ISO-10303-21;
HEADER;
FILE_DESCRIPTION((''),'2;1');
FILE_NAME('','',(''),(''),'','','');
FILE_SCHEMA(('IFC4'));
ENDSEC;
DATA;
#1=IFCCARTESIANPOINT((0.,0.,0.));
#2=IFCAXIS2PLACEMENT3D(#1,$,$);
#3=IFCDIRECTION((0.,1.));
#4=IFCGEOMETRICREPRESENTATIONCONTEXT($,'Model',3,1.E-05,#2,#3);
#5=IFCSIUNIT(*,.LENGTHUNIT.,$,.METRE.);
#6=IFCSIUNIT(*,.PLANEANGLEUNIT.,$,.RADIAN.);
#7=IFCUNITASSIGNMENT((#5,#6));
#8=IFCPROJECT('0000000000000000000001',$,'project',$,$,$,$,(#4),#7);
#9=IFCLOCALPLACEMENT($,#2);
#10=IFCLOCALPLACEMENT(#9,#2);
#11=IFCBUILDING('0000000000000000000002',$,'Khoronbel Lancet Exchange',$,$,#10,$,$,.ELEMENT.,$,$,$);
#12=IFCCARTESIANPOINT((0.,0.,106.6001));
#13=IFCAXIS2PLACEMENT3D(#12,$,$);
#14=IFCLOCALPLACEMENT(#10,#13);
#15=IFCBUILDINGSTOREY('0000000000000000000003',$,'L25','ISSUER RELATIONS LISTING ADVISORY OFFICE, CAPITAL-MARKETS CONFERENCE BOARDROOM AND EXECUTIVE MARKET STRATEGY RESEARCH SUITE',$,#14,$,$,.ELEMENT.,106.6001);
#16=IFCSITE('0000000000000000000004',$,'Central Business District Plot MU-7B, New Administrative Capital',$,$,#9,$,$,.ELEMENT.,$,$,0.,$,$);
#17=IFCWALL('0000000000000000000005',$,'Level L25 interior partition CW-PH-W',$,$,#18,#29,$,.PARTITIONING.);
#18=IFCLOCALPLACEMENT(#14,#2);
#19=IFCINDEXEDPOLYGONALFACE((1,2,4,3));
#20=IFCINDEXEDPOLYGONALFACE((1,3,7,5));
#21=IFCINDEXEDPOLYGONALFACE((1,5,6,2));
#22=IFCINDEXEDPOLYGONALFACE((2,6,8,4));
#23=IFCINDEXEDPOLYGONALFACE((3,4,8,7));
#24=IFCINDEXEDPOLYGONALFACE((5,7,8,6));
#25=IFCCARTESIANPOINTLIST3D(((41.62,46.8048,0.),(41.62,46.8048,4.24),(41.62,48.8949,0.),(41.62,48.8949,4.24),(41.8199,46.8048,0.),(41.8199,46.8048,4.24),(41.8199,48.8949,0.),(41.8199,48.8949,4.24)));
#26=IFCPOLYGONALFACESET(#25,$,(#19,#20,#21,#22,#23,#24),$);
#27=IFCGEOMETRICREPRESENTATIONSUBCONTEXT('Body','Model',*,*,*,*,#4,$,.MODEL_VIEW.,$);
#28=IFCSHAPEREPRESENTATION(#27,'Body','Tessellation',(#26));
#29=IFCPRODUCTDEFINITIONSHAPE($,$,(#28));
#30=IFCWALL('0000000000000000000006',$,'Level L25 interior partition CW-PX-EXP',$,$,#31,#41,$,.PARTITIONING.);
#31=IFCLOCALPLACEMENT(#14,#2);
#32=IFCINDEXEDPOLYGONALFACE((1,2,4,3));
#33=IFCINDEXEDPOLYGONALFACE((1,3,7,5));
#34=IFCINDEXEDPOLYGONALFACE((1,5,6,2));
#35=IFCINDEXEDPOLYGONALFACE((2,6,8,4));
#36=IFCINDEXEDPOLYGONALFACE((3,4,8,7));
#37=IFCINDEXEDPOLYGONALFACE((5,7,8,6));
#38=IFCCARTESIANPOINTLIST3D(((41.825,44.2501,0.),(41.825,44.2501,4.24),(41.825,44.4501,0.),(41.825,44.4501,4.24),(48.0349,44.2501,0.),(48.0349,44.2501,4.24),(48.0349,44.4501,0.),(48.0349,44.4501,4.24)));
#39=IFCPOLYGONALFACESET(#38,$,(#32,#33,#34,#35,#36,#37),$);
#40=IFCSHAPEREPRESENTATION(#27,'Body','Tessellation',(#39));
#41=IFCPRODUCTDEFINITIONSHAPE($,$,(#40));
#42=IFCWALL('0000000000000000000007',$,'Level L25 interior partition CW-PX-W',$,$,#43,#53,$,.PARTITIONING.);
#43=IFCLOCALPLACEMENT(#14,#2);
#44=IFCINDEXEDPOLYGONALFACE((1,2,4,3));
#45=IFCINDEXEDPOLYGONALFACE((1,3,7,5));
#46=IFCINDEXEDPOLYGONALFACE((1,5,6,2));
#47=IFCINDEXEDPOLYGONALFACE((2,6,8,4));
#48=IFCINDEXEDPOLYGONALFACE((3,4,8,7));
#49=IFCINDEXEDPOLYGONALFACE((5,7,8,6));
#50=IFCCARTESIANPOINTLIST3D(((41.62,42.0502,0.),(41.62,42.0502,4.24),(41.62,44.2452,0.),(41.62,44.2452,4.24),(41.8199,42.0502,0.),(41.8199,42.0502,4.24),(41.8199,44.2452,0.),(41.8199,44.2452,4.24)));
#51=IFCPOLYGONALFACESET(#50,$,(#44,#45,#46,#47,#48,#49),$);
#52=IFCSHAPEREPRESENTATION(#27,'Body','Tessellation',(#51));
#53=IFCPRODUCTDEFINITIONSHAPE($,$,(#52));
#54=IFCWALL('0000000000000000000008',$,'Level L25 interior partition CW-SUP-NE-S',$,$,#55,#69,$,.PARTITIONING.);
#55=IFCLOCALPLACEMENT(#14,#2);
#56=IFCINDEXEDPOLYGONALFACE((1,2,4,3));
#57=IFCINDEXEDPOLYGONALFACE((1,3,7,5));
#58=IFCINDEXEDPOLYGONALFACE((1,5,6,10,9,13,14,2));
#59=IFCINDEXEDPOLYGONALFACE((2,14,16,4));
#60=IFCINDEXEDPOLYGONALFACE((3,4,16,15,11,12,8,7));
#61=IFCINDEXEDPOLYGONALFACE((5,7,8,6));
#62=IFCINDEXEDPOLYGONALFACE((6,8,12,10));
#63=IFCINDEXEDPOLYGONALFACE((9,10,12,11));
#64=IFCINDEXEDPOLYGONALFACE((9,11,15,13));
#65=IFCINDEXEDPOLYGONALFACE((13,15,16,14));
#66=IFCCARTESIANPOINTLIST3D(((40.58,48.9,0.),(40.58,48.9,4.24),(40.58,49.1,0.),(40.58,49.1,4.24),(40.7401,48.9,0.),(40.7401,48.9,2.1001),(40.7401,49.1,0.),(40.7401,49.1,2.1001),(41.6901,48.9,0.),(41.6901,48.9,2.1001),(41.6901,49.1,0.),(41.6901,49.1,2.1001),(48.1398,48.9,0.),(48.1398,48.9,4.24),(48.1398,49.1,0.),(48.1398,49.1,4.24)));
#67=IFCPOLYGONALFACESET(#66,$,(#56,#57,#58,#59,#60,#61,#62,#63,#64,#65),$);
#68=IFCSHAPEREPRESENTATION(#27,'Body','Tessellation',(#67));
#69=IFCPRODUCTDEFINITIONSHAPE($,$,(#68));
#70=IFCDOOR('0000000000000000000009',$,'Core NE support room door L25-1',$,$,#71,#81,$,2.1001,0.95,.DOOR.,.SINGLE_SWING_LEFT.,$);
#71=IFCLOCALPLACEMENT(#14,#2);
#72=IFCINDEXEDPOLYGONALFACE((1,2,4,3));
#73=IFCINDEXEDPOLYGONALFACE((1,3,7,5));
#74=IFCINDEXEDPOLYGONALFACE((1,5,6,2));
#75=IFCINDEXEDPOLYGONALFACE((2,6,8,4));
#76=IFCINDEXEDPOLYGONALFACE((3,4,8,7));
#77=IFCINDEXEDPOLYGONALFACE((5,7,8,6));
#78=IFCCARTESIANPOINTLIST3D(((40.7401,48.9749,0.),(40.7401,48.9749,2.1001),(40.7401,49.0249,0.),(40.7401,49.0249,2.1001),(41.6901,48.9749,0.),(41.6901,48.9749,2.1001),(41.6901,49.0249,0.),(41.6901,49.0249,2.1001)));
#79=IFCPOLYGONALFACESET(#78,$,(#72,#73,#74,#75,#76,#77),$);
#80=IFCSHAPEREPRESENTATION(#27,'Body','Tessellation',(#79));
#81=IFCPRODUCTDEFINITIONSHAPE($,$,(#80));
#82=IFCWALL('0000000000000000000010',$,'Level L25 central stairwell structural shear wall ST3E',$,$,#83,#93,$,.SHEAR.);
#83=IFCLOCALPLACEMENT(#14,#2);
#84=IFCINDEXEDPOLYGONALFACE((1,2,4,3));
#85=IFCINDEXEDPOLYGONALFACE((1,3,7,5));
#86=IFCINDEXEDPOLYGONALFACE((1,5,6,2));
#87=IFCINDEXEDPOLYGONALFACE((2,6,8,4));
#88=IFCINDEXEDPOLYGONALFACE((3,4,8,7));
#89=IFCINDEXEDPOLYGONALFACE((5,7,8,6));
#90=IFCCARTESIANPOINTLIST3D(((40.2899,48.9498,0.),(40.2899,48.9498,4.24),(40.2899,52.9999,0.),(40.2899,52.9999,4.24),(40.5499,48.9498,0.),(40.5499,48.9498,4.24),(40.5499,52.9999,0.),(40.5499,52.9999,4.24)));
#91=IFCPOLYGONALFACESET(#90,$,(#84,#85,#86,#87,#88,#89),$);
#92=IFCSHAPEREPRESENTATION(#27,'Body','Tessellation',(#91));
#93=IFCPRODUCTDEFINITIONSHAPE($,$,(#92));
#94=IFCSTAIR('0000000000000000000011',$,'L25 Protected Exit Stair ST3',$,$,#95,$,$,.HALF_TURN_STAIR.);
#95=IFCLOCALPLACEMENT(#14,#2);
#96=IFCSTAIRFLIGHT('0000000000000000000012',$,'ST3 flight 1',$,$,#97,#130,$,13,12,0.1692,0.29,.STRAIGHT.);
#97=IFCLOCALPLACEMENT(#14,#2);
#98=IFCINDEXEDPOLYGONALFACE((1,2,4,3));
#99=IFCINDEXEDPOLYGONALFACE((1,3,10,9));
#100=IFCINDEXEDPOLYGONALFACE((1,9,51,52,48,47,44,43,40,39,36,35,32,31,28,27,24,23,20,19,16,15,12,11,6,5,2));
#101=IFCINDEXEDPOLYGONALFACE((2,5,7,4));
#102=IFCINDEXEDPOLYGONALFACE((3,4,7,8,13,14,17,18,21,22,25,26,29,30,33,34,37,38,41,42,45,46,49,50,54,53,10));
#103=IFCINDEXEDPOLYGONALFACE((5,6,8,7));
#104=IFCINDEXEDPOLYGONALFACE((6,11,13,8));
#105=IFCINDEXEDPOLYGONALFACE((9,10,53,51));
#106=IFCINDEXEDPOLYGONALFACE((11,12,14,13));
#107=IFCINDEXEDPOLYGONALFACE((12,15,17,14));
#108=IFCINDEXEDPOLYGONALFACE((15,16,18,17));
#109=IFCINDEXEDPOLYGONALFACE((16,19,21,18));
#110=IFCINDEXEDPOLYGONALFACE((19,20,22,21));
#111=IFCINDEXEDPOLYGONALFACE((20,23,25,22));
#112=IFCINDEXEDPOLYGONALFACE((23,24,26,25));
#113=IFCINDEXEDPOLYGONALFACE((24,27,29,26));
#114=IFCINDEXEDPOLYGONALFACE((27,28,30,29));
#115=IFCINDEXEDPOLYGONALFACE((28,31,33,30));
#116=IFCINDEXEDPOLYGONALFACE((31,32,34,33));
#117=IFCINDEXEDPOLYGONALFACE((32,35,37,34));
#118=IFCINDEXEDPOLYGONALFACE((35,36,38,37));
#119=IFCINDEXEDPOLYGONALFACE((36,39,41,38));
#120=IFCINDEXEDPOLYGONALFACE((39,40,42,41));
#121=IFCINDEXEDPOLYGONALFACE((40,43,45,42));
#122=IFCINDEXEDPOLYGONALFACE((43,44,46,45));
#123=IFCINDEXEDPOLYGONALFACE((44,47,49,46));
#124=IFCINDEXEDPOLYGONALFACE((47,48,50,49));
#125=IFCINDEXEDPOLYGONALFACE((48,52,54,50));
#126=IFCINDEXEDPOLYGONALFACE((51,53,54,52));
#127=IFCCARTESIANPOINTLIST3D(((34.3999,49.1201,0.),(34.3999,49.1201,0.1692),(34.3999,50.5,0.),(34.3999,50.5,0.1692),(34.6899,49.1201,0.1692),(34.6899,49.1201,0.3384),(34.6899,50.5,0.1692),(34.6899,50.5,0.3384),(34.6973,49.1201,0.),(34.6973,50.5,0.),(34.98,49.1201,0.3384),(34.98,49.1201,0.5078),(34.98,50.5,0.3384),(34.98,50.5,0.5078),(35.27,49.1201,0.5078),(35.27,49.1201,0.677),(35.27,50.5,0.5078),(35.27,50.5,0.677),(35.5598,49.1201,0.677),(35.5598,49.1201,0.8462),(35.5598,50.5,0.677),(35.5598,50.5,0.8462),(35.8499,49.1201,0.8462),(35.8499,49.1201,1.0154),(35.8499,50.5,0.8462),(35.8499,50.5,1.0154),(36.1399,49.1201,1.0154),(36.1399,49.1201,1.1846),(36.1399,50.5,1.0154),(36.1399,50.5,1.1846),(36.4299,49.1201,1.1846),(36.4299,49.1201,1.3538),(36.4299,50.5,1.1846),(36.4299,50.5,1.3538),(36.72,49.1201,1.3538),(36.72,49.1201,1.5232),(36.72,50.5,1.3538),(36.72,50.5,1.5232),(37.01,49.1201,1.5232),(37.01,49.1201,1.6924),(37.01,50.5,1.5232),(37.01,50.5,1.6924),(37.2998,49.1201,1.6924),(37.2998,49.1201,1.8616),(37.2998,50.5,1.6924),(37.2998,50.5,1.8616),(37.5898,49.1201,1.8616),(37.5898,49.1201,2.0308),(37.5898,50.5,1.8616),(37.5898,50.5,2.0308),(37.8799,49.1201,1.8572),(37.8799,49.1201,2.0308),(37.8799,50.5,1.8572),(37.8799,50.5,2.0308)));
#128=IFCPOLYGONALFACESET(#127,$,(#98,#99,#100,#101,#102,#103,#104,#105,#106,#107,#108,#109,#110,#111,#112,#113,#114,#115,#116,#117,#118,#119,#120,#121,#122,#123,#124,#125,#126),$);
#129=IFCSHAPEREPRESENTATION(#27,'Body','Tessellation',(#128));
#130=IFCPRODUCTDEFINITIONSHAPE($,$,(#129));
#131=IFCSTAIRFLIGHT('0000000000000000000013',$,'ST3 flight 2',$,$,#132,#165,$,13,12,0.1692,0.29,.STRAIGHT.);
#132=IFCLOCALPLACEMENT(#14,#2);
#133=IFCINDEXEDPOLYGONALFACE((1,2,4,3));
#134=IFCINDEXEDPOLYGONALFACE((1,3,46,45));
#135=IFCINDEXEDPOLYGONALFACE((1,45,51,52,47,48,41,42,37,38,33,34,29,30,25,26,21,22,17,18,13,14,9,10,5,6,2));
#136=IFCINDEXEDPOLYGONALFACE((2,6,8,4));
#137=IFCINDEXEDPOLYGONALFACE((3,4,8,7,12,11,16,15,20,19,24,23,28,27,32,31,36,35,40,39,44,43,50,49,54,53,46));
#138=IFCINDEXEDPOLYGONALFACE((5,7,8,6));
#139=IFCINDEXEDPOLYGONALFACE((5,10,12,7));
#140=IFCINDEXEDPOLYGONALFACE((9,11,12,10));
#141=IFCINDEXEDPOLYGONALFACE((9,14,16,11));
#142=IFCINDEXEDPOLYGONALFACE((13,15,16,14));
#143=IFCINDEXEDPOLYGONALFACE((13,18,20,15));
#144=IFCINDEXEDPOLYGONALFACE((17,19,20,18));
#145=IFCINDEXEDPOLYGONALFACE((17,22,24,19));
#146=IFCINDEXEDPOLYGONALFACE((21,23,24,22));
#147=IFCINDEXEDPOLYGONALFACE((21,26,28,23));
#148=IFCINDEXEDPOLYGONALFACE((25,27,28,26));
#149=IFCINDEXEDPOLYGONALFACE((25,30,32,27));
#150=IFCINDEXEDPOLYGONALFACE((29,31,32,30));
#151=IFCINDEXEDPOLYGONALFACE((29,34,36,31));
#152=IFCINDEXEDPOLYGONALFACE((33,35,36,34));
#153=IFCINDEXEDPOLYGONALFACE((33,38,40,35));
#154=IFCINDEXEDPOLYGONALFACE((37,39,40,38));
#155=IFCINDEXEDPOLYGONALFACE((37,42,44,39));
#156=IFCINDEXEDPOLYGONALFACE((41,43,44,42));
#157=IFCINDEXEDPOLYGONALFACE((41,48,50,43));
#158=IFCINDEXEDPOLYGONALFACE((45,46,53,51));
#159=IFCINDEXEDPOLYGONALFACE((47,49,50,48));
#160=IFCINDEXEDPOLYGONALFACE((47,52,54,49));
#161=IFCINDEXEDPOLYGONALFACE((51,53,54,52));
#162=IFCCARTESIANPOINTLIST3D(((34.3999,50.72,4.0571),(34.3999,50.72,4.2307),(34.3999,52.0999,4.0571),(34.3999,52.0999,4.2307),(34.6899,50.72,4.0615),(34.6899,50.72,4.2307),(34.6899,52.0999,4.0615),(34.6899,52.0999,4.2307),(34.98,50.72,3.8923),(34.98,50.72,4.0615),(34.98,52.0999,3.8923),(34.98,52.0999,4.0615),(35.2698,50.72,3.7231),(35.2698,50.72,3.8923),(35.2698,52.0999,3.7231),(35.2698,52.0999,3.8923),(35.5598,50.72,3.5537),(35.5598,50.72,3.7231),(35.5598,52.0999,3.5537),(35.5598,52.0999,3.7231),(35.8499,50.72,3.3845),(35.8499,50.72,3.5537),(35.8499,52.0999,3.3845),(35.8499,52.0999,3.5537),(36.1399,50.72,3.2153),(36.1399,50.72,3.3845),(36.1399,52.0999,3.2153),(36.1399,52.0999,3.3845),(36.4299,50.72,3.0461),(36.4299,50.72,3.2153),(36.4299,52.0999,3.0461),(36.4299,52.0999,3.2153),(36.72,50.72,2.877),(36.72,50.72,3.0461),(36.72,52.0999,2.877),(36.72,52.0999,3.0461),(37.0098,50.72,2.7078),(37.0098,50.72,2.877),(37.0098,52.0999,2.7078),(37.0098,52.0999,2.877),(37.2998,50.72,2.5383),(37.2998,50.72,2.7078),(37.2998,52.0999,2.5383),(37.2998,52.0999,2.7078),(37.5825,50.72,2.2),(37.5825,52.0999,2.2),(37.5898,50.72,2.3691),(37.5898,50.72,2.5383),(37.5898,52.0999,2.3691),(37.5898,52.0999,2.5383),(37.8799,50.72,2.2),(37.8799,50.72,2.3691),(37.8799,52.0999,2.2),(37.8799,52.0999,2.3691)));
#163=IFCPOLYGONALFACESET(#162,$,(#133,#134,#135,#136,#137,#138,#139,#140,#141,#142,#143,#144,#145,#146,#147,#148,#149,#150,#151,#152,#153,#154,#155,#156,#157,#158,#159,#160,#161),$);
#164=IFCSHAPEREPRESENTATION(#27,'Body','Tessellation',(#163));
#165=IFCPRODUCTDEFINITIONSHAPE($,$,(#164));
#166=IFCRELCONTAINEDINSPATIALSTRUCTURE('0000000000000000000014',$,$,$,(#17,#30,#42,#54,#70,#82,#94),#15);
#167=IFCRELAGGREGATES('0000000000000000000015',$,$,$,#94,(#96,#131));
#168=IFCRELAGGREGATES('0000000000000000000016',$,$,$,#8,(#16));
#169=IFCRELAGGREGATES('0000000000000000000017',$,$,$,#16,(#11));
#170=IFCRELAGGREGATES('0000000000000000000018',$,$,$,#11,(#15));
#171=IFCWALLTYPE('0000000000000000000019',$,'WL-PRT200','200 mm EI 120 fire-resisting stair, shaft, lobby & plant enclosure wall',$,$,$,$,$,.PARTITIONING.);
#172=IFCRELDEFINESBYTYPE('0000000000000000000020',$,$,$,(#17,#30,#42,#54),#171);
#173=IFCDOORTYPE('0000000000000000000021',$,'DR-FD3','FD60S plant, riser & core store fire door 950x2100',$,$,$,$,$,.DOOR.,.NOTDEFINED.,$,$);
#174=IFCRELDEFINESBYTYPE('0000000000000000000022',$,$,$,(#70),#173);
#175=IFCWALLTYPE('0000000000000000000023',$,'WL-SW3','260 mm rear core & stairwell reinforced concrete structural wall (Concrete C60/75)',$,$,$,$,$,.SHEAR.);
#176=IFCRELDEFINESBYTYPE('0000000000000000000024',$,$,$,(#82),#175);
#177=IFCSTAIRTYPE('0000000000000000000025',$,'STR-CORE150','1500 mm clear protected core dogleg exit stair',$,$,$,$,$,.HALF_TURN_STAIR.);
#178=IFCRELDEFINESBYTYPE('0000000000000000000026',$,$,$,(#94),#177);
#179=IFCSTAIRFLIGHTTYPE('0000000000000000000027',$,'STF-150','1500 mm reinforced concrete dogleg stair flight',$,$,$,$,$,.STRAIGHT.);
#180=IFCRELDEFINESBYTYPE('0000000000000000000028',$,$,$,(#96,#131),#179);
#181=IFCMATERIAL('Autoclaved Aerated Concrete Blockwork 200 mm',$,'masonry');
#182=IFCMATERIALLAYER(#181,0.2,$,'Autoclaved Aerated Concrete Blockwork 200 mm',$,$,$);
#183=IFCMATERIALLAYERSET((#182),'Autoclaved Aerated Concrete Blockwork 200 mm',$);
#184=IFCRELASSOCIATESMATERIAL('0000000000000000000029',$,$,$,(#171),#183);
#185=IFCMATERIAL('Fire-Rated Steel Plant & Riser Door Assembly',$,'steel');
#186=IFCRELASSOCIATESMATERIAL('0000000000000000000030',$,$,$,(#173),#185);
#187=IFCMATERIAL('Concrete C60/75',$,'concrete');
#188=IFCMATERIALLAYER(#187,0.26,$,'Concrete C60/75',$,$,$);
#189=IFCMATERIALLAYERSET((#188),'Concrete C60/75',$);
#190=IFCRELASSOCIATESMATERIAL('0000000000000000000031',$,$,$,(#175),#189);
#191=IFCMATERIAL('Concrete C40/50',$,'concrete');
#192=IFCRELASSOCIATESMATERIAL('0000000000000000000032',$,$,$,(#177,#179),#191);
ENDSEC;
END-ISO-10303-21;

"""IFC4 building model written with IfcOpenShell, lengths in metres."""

from ifc_helpers import new_model, si_unit, direction, frame, frame_2d, origin, place, context, subcontext, project, spatial, polyline, rectangle, outline, extrude, material, layer, layer_set, type_object, element, fill, aggregate, save


model = new_model("IFC4")

# Units and contexts
model_context = context("Model", 3, precision=1e-05, world=origin(), true_north=direction((0.0, 1.0)))
body_context = subcontext(model_context, "Body", "Model", "MODEL_VIEW")
ifc_project = project(units=[si_unit("LENGTHUNIT", "METRE"), si_unit("PLANEANGLEUNIT", "RADIAN")], contexts=[model_context])

# Site, building, storey
site_placement = place(None, origin())
site = spatial("IfcSite", under=ifc_project, at=site_placement, Name="Central Business District Plot MU-7B, New Administrative Capital", CompositionType="ELEMENT", RefElevation=0.0)
building_placement = place(site_placement, origin())
building = spatial("IfcBuilding", under=site, at=building_placement, Name="Khoronbel Lancet Exchange", CompositionType="ELEMENT")
storey_placement = place(building_placement, frame((0.0, 0.0, 106.6001)))
storey = spatial("IfcBuildingStorey", under=building, at=storey_placement, Name="L25", Description="ISSUER RELATIONS LISTING ADVISORY OFFICE, CAPITAL-MARKETS CONFERENCE BOARDROOM AND EXECUTIVE MARKET STRATEGY RESEARCH SUITE", CompositionType="ELEMENT", Elevation=106.6001)

# Walls
ifc_material_1 = material(Name="Autoclaved Aerated Concrete Blockwork 200 mm", Category="masonry")
ifc_layer_1 = layer(ifc_material_1, 0.2, Name="Autoclaved Aerated Concrete Blockwork 200 mm")
ifc_layer_set_1 = layer_set([ifc_layer_1], Name="Autoclaved Aerated Concrete Blockwork 200 mm")
wall_type_1 = type_object("IfcWallType", Name="WL-PRT200", Description="200 mm EI 120 fire-resisting stair, shaft, lobby & plant enclosure wall", PredefinedType="PARTITIONING", material=ifc_layer_set_1)
wall_1_placement = place(storey_placement, frame((41.72, 46.8049, 0.0), z_axis=(0.0, 0.0, 1.0), x_axis=(0.0, 1.0, 0.0)))
element("IfcWall", 1, at=wall_1_placement, inside=storey, type_object=wall_type_1, Name="Level L25 interior partition CW-PH-W", PredefinedType="PARTITIONING", context=body_context, shape_type="SweptSolid", body=[
    extrude(rectangle(XDim=2.0901, YDim=0.2, at=frame_2d((1.0449, 0.0))), origin(), (0.0, 0.0, 1.0), 4.24),
])
wall_2_placement = place(storey_placement, frame((41.825, 44.3501, 0.0), z_axis=(0.0, 0.0, 1.0), x_axis=(1.0, 0.0, 0.0)))
element("IfcWall", 2, at=wall_2_placement, inside=storey, type_object=wall_type_1, Name="Level L25 interior partition CW-PX-EXP", PredefinedType="PARTITIONING", context=body_context, shape_type="SweptSolid", body=[
    extrude(rectangle(XDim=6.21, YDim=0.2, at=frame_2d((3.105, 0.0))), origin(), (0.0, 0.0, 1.0), 4.24),
])
wall_3_placement = place(storey_placement, frame((41.72, 42.05, 0.0), z_axis=(0.0, 0.0, 1.0), x_axis=(0.0, 1.0, 0.0)))
element("IfcWall", 3, at=wall_3_placement, inside=storey, type_object=wall_type_1, Name="Level L25 interior partition CW-PX-W", PredefinedType="PARTITIONING", context=body_context, shape_type="SweptSolid", body=[
    extrude(rectangle(XDim=2.1951, YDim=0.2, at=frame_2d((1.0977, 0.0))), origin(), (0.0, 0.0, 1.0), 4.24),
])

# Wall, opening, door
wall_4_placement = place(storey_placement, frame((40.5801, 49.0, 0.0), z_axis=(0.0, 0.0, 1.0), x_axis=(1.0, 0.0, 0.0)))
wall_4 = element("IfcWall", 4, at=wall_4_placement, inside=storey, type_object=wall_type_1, Name="Level L25 interior partition CW-SUP-NE-S", PredefinedType="PARTITIONING", context=body_context, shape_type="SweptSolid", body=[
    extrude(rectangle(XDim=7.5598, YDim=0.2, at=frame_2d((3.7798, 0.0))), origin(), (0.0, 0.0, 1.0), 4.24),
])
opening_1_placement = place(wall_4_placement, frame((0.1599, 0.0, 0.0)))
opening_1 = element("IfcOpeningElement", 5, at=opening_1_placement, cuts=wall_4, PredefinedType="OPENING", context=body_context, shape_type="SweptSolid", body=[
    extrude(rectangle(XDim=0.95, YDim=2.1001, at=frame_2d((0.4751, 1.05))), frame((0.0, 0.1099, 0.0), z_axis=(0.0, -1.0, 0.0), x_axis=(1.0, 0.0, 0.0)), (0.0, 0.0, 1.0), 0.22),
])
ifc_material_2 = material(Name="Fire-Rated Steel Plant & Riser Door Assembly", Category="steel")
door_type_1 = type_object("IfcDoorType", Name="DR-FD3", Description="FD60S plant, riser & core store fire door 950x2100", OperationType="NOTDEFINED", PredefinedType="DOOR", material=ifc_material_2)
door_1_placement = place(opening_1_placement, origin())
door_1 = element("IfcDoor", 6, at=door_1_placement, inside=storey, type_object=door_type_1, Name="Core NE support room door L25-1", OperationType="SINGLE_SWING_LEFT", OverallHeight=2.1001, OverallWidth=0.95, PredefinedType="DOOR", context=body_context, shape_type="SweptSolid", body=[
    extrude(rectangle(XDim=0.95, YDim=2.1001, at=frame_2d((0.4751, 1.05))), frame((0.0, 0.0249, 0.0), z_axis=(0.0, -1.0, 0.0), x_axis=(1.0, 0.0, 0.0)), (0.0, 0.0, 1.0), 0.05),
])
fill(opening_1, door_1)

# Wall
ifc_material_3 = material(Name="Concrete C60/75", Category="concrete")
ifc_layer_2 = layer(ifc_material_3, 0.26, Name="Concrete C60/75")
ifc_layer_set_2 = layer_set([ifc_layer_2], Name="Concrete C60/75")
wall_type_2 = type_object("IfcWallType", Name="WL-SW3", Description="260 mm rear core & stairwell reinforced concrete structural wall (Concrete C60/75)", PredefinedType="SHEAR", material=ifc_layer_set_2)
wall_5_placement = place(storey_placement, frame((40.4199, 48.95, 0.0), z_axis=(0.0, 0.0, 1.0), x_axis=(0.0, 1.0, 0.0)))
element("IfcWall", 7, at=wall_5_placement, inside=storey, type_object=wall_type_2, Name="Level L25 central stairwell structural shear wall ST3E", PredefinedType="SHEAR", context=body_context, shape_type="SweptSolid", body=[
    extrude(rectangle(XDim=4.05, YDim=0.26, at=frame_2d((2.0249, 0.0))), origin(), (0.0, 0.0, 1.0), 4.24),
])

# Stair, stair flights
ifc_material_4 = material(Name="Concrete C40/50", Category="concrete")
stair_type = type_object("IfcStairType", Name="STR-CORE150", Description="1500 mm clear protected core dogleg exit stair", PredefinedType="HALF_TURN_STAIR", material=ifc_material_4)
stair_placement = place(storey_placement, origin())
stair = element("IfcStair", 8, at=stair_placement, inside=storey, type_object=stair_type, Name="L25 Protected Exit Stair ST3", PredefinedType="HALF_TURN_STAIR")
stair_flight_type = type_object("IfcStairFlightType", Name="STF-150", Description="1500 mm reinforced concrete dogleg stair flight", PredefinedType="STRAIGHT", material=ifc_material_4)
stair_flight_1_placement = place(storey_placement, frame((34.3999, 49.8101, 0.0), z_axis=(0.0, 0.0, 1.0), x_axis=(1.0, 0.0, 0.0)))
stair_flight_1 = element("IfcStairFlight", 9, at=stair_flight_1_placement, type_object=stair_flight_type, Name="ST3 flight 1", NumberOfRisers=13, NumberOfTreads=12, PredefinedType="STRAIGHT", RiserHeight=0.1692, TreadLength=0.29, context=body_context, shape_type="SweptSolid", body=[
    extrude(outline(polyline([(0.0, 0.0), (0.0, 0.1692), (0.29, 0.1692), (0.29, 0.3384), (0.5801, 0.3384), (0.5801, 0.5078), (0.8701, 0.5078), (0.8701, 0.677), (1.1599, 0.677), (1.1599, 0.8462), (1.45, 0.8462), (1.45, 1.0154), (1.74, 1.0154), (1.74, 1.1846), (2.03, 1.1846), (2.03, 1.3538), (2.3201, 1.3538), (2.3201, 1.5232), (2.6101, 1.5232), (2.6101, 1.6924), (2.8999, 1.6924), (2.8999, 1.8616), (3.1899, 1.8616), (3.1899, 2.0308), (3.48, 2.0308), (3.48, 2.2), (3.48, 1.8572), (0.2974, 0.0), (0.0, 0.0)])), frame((0.0, 0.6899, 0.0), z_axis=(0.0, -1.0, 0.0), x_axis=(1.0, 0.0, 0.0)), (0.0, 0.0, 1.0), 1.3799),
])
stair_flight_2_placement = place(storey_placement, frame((37.8799, 51.4099, 2.2), z_axis=(0.0, 0.0, 1.0), x_axis=(-1.0, 0.0, 0.0)))
stair_flight_2 = element("IfcStairFlight", 10, at=stair_flight_2_placement, type_object=stair_flight_type, Name="ST3 flight 2", NumberOfRisers=13, NumberOfTreads=12, PredefinedType="STRAIGHT", RiserHeight=0.1692, TreadLength=0.29, context=body_context, shape_type="SweptSolid", body=[
    extrude(outline(polyline([(0.0, 0.0), (0.0, 0.1692), (0.29, 0.1692), (0.29, 0.3384), (0.5801, 0.3384), (0.5801, 0.5078), (0.8701, 0.5078), (0.8701, 0.677), (1.1599, 0.677), (1.1599, 0.8462), (1.45, 0.8462), (1.45, 1.0154), (1.74, 1.0154), (1.74, 1.1846), (2.03, 1.1846), (2.03, 1.3538), (2.3201, 1.3538), (2.3201, 1.5232), (2.6101, 1.5232), (2.6101, 1.6924), (2.8999, 1.6924), (2.8999, 1.8616), (3.1899, 1.8616), (3.1899, 2.0308), (3.48, 2.0308), (3.48, 2.2), (3.48, 1.8572), (0.2974, 0.0), (0.0, 0.0)])), frame((0.0, 0.6899, 0.0), z_axis=(0.0, -1.0, 0.0), x_axis=(1.0, 0.0, 0.0)), (0.0, 0.0, 1.0), 1.3799),
])
aggregate(stair, [stair_flight_1, stair_flight_2])

save(model, "model.ifc")
